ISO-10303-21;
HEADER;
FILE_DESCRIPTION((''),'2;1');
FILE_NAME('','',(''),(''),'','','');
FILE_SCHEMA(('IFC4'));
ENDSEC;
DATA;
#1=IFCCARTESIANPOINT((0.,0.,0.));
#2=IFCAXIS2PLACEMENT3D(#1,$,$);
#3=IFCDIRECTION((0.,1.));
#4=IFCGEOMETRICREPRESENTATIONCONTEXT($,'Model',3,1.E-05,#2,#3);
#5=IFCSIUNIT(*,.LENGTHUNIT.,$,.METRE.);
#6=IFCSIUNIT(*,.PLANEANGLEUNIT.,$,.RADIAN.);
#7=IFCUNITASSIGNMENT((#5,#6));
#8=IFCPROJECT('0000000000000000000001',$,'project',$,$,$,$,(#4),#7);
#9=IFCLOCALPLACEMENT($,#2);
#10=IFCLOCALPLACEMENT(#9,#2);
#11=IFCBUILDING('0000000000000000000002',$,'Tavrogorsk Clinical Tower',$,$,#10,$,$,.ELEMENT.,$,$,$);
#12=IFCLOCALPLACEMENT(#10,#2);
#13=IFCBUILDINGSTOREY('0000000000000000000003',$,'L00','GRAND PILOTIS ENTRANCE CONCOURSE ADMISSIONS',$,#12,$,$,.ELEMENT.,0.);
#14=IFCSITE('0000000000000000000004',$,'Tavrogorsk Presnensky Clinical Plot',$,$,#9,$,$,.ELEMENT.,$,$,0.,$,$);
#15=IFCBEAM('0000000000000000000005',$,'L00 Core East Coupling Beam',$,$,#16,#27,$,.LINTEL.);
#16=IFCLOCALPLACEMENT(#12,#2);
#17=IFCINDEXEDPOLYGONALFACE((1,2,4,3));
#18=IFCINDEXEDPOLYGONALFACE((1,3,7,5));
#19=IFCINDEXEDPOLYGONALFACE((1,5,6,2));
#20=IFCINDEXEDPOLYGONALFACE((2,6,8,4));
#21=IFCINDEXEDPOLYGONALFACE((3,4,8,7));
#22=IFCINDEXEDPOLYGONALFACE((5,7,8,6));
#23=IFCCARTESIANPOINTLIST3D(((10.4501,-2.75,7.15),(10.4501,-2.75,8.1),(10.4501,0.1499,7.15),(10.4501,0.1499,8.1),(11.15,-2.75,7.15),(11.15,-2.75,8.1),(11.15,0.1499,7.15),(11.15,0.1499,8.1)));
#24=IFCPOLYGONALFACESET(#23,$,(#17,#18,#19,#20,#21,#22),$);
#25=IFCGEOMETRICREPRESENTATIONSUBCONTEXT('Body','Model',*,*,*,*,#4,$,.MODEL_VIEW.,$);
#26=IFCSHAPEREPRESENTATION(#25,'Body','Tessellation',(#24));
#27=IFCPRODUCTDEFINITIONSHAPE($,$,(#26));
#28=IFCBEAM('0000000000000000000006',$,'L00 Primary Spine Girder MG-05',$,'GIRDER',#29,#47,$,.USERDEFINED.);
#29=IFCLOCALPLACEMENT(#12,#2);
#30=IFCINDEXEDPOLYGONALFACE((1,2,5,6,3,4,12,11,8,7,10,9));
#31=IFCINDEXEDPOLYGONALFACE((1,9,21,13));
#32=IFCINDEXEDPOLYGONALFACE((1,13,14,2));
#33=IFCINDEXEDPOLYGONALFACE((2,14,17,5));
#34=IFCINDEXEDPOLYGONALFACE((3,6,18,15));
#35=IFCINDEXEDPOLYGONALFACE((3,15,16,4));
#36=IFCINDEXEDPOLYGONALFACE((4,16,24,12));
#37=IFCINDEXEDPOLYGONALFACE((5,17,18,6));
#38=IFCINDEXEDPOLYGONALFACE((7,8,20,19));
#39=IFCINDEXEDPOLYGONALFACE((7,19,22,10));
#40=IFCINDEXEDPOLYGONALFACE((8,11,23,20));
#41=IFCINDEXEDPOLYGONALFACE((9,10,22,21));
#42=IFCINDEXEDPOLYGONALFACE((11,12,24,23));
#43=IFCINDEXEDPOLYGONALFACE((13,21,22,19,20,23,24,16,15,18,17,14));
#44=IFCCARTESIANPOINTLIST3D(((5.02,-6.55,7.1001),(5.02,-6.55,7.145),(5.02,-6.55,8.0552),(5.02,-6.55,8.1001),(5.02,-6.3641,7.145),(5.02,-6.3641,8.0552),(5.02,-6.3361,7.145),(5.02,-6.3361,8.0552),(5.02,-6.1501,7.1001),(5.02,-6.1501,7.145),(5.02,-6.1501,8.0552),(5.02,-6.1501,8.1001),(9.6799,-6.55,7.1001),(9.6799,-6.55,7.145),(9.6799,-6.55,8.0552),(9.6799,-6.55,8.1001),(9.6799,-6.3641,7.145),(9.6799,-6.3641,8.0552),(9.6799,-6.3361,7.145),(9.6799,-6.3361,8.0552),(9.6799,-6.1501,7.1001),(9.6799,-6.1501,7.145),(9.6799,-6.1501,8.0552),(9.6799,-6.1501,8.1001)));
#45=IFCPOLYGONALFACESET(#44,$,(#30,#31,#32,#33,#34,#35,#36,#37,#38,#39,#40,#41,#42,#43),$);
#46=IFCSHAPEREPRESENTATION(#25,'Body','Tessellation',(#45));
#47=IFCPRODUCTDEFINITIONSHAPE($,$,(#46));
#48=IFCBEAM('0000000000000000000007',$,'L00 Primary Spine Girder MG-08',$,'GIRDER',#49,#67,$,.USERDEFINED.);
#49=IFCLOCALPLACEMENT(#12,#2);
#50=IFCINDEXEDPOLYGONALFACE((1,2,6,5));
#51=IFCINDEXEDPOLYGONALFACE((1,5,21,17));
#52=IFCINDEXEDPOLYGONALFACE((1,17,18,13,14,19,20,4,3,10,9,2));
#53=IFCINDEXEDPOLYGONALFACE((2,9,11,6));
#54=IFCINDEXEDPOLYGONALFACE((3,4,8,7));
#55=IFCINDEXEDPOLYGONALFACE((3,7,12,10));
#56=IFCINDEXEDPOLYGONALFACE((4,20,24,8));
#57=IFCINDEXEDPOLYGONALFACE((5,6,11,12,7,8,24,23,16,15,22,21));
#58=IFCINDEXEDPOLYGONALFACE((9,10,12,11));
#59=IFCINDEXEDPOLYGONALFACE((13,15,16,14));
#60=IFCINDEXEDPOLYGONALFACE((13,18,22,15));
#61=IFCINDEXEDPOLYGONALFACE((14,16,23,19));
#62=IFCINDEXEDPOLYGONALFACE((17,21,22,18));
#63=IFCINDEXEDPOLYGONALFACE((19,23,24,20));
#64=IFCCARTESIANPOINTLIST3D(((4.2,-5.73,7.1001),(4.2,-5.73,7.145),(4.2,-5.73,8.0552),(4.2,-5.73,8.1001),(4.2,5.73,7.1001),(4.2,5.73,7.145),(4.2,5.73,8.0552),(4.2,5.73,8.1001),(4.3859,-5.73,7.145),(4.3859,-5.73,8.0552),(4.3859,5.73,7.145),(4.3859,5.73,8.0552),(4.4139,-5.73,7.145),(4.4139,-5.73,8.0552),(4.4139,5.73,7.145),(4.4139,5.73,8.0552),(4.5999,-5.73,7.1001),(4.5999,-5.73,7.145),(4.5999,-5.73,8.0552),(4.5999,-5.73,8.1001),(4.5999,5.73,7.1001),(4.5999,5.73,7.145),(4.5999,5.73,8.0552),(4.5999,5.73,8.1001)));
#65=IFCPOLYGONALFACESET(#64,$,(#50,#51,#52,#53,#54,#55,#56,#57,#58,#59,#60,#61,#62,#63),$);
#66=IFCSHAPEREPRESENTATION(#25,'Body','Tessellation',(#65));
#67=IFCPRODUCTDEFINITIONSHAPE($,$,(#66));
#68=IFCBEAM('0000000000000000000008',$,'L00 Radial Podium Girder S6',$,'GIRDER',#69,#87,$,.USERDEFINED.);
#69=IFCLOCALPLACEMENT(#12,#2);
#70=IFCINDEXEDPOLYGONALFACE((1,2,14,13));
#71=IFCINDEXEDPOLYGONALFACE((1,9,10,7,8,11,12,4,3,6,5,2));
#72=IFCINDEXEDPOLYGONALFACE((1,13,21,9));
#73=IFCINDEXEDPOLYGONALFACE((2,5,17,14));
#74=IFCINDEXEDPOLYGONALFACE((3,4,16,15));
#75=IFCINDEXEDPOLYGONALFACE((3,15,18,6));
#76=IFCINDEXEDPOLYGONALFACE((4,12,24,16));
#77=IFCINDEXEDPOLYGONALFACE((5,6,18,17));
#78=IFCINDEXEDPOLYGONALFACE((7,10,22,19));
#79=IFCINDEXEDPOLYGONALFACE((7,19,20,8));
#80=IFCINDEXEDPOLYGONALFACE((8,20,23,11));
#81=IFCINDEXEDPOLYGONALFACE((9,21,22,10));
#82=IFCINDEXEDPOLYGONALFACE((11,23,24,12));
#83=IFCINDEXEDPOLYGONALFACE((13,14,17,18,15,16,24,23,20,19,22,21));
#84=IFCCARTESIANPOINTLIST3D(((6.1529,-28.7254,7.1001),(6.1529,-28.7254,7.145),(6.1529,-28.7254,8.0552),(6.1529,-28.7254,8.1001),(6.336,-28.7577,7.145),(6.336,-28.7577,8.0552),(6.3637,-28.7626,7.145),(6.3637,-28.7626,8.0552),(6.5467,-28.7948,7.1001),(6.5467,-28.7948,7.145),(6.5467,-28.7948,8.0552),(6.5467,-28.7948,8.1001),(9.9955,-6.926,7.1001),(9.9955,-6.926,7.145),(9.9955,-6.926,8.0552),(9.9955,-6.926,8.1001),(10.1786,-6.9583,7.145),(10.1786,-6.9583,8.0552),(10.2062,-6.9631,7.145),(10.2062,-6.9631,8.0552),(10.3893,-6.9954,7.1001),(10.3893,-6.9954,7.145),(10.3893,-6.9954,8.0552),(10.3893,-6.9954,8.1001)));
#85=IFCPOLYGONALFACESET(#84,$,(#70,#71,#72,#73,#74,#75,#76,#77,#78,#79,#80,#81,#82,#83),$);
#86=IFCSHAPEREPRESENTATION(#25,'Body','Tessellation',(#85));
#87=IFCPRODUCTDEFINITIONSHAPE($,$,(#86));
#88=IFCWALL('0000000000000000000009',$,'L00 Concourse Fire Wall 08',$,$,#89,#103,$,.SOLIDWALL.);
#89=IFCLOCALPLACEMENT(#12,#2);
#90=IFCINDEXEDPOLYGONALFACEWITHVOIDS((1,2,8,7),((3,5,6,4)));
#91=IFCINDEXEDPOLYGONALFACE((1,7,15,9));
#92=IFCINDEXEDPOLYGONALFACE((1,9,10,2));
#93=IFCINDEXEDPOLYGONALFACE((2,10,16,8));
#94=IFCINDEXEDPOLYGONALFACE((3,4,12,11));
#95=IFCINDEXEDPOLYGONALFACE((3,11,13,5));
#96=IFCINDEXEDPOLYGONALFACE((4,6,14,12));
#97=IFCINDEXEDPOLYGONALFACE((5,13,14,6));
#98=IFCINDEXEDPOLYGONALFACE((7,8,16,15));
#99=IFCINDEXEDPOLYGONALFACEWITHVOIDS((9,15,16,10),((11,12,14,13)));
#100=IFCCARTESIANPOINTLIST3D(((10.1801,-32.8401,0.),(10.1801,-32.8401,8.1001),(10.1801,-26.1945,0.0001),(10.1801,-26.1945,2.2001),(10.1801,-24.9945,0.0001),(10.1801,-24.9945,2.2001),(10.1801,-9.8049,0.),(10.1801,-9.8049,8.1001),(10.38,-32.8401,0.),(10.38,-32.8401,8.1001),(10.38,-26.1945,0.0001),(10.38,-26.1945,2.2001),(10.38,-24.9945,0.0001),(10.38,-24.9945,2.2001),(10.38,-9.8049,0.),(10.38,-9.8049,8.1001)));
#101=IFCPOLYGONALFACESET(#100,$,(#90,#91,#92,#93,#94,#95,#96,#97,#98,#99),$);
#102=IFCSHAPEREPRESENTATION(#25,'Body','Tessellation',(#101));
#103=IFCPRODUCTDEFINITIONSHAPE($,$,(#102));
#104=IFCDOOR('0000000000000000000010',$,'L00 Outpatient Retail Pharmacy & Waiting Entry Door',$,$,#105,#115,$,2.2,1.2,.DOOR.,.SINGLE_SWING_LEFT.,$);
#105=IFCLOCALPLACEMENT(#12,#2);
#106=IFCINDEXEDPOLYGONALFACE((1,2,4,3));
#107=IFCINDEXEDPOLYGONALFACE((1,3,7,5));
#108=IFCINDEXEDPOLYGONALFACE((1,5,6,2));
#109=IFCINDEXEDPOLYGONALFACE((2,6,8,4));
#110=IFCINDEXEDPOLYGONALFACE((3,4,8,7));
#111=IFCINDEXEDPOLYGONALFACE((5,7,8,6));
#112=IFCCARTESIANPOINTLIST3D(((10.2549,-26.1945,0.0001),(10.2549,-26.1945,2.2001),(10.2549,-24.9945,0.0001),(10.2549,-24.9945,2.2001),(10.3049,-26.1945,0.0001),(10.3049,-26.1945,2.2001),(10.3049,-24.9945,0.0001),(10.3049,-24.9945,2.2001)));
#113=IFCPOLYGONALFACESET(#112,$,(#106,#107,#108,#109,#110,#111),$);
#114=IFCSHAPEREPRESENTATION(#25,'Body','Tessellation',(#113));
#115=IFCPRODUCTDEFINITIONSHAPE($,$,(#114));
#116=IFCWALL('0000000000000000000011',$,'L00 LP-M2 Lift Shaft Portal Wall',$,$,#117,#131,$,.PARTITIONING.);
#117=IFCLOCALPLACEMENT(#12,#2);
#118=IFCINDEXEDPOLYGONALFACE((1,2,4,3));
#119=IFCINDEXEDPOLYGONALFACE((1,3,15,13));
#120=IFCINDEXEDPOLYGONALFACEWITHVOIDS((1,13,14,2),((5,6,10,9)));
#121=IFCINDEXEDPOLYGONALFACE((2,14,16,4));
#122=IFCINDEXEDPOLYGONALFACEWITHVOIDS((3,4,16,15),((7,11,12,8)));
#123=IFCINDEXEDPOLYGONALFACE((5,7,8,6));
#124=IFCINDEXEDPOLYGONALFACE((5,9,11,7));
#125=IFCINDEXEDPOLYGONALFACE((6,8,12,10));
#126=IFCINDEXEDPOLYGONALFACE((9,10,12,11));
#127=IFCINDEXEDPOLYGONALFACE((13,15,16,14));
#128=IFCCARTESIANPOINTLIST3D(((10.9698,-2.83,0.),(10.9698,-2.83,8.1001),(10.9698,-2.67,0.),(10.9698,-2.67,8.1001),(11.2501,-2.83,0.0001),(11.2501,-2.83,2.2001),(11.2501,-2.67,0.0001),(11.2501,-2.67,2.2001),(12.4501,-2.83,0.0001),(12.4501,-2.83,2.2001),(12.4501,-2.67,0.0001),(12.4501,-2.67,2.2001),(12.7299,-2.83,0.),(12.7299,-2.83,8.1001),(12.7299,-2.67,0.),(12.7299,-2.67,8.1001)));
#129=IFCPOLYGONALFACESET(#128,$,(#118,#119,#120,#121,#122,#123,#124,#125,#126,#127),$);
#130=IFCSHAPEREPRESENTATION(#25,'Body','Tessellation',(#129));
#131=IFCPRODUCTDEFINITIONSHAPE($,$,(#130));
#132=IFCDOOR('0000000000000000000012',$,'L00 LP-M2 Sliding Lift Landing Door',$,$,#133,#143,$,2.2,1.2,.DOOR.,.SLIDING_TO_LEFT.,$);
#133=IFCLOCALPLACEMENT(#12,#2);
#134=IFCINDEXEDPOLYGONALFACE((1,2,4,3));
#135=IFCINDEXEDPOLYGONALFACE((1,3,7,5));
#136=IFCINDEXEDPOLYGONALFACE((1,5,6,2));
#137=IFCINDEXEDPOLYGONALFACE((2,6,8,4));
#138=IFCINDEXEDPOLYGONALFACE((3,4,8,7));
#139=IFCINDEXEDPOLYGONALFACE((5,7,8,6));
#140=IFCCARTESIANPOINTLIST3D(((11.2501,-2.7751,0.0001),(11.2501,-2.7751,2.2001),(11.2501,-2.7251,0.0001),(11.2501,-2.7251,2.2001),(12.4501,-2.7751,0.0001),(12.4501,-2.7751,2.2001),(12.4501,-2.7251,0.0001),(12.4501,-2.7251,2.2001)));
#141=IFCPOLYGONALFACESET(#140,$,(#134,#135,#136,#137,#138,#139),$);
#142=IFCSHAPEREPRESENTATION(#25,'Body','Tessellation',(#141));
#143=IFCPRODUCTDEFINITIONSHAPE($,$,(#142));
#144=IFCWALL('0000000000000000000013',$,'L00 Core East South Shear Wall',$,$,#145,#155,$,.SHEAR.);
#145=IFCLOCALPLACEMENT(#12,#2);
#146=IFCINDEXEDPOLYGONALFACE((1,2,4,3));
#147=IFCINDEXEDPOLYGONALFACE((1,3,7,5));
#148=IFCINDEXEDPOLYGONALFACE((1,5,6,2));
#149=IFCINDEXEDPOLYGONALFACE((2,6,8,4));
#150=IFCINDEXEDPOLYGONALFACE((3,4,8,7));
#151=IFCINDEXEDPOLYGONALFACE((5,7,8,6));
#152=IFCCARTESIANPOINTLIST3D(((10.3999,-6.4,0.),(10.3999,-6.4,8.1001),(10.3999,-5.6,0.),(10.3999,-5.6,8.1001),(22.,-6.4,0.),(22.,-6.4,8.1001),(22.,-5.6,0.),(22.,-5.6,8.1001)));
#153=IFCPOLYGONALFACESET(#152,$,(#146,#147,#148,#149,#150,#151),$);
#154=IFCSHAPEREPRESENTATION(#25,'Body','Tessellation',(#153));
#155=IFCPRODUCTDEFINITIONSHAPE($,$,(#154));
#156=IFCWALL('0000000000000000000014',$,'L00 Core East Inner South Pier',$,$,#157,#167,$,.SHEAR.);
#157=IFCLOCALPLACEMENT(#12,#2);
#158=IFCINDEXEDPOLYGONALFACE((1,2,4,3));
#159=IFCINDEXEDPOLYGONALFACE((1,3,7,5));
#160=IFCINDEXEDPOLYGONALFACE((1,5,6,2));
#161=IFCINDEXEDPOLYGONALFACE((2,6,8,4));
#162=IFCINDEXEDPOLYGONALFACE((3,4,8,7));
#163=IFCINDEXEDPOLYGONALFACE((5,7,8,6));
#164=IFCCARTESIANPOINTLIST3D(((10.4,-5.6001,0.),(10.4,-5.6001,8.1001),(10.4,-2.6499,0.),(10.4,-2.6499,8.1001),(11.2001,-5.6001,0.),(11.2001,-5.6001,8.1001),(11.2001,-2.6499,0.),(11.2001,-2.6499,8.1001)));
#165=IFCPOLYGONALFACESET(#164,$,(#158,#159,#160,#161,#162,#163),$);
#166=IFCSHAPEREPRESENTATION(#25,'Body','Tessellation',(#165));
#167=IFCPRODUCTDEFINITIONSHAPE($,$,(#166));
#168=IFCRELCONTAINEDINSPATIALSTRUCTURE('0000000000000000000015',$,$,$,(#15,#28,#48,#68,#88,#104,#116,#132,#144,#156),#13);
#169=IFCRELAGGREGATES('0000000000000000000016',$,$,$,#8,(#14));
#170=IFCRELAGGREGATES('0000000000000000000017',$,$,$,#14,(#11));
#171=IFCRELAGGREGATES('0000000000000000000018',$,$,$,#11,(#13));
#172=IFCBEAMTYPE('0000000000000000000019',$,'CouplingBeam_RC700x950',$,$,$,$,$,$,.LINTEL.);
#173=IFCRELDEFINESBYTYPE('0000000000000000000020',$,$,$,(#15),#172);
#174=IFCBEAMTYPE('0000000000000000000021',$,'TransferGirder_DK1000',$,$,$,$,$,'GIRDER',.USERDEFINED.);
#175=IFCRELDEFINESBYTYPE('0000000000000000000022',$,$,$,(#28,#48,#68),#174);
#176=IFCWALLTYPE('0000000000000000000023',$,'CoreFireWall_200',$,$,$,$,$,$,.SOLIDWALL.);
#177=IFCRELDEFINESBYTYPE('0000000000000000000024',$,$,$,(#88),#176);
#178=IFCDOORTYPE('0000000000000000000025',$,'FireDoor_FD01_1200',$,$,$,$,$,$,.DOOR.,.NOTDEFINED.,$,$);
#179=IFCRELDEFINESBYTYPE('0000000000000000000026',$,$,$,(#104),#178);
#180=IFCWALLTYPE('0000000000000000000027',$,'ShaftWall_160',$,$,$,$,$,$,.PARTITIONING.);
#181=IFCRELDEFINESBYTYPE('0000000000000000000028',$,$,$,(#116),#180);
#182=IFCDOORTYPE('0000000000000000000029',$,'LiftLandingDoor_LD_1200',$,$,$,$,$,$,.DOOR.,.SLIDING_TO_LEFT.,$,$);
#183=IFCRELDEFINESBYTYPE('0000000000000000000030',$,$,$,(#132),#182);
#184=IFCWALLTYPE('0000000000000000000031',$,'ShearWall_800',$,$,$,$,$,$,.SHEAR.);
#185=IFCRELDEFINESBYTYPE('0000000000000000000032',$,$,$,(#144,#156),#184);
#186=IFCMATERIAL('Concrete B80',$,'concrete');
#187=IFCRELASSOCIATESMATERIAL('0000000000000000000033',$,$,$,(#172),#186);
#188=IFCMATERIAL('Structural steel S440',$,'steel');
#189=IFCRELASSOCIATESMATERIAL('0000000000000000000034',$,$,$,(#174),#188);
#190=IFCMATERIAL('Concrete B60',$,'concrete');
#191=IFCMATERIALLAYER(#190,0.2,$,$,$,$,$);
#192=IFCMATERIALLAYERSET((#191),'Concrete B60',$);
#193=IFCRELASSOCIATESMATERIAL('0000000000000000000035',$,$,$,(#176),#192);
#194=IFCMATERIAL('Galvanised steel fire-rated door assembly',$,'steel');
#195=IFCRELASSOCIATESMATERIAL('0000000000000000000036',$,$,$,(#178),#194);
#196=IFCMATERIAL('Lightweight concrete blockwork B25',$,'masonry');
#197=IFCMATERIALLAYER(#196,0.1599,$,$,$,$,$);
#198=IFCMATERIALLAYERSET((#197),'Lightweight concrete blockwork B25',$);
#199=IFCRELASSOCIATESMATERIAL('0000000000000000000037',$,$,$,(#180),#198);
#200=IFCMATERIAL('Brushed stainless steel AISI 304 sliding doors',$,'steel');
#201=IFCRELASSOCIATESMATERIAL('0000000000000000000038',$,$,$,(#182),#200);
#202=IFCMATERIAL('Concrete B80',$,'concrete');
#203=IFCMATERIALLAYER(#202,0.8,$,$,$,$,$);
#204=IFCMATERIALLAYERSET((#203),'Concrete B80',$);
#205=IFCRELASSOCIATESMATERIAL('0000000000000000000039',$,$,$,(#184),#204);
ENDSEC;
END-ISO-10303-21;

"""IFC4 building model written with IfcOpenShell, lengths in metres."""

from ifc_helpers import new_model, si_unit, direction, frame, frame_2d, origin, origin_2d, place, context, subcontext, project, spatial, rectangle, i_section, extrude, material, layer, layer_set, material_profile, profile_set, type_object, element, fill, save


model = new_model("IFC4")

# Units and contexts
model_context = context("Model", 3, precision=1e-05, world=origin(), true_north=direction((0.0, 1.0)))
body_context = subcontext(model_context, "Body", "Model", "MODEL_VIEW")
ifc_project = project(units=[si_unit("LENGTHUNIT", "METRE"), si_unit("PLANEANGLEUNIT", "RADIAN")], contexts=[model_context])

# Site, building, storey
site_placement = place(None, origin())
site = spatial("IfcSite", under=ifc_project, at=site_placement, Name="Tavrogorsk Presnensky Clinical Plot", CompositionType="ELEMENT", RefElevation=0.0)
building_placement = place(site_placement, origin())
building = spatial("IfcBuilding", under=site, at=building_placement, Name="Tavrogorsk Clinical Tower", CompositionType="ELEMENT")
storey_placement = place(building_placement, origin())
storey = spatial("IfcBuildingStorey", under=building, at=storey_placement, Name="L00", Description="GRAND PILOTIS ENTRANCE CONCOURSE ADMISSIONS", CompositionType="ELEMENT", Elevation=0.0)

# Beams
ifc_material_1 = material(Name="Concrete B80", Category="concrete")
ifc_material_profile_1 = material_profile(ifc_material_1, rectangle(XDim=0.7, YDim=0.95, at=origin_2d()), Name="RC-CB-700x950")
ifc_profile_set_1 = profile_set([ifc_material_profile_1], Name="Concrete B80")
beam_type_1 = type_object("IfcBeamType", Name="CouplingBeam_RC700x950", PredefinedType="LINTEL", material=ifc_profile_set_1)
beam_1_placement = place(storey_placement, frame((10.8, -2.75, 7.625), z_axis=(0.0, 1.0, 0.0), x_axis=(-1.0, 0.0, 0.0)))
element("IfcBeam", 1, at=beam_1_placement, inside=storey, type_object=beam_type_1, Name="L00 Core East Coupling Beam", PredefinedType="LINTEL", context=body_context, shape_type="SweptSolid", body=[
    extrude(rectangle(XDim=0.7, YDim=0.95, at=origin_2d()), origin(), (0.0, 0.0, 1.0), 2.8999),
])
ifc_material_2 = material(Name="Structural steel S440", Category="steel")
ifc_material_profile_2 = material_profile(ifc_material_2, i_section(OverallWidth=0.3999, OverallDepth=1.0, WebThickness=0.0281, FlangeThickness=0.0449, at=origin_2d()), Name="DK-1000x400x28x45")
ifc_profile_set_2 = profile_set([ifc_material_profile_2], Name="Structural steel S440")
beam_type_2 = type_object("IfcBeamType", Name="TransferGirder_DK1000", ElementType="GIRDER", PredefinedType="USERDEFINED", material=ifc_profile_set_2)
beam_2_placement = place(storey_placement, frame((5.02, -6.3501, 7.6001), z_axis=(1.0, 0.0, 0.0), x_axis=(0.0, 1.0, 0.0)))
element("IfcBeam", 2, at=beam_2_placement, inside=storey, type_object=beam_type_2, Name="L00 Primary Spine Girder MG-05", ObjectType="GIRDER", PredefinedType="USERDEFINED", context=body_context, shape_type="SweptSolid", body=[
    extrude(i_section(OverallWidth=0.3999, OverallDepth=1.0, WebThickness=0.0281, FlangeThickness=0.0449, at=origin_2d()), origin(), (0.0, 0.0, 1.0), 4.6599),
])
beam_3_placement = place(storey_placement, frame((4.3999, -5.73, 7.6001), z_axis=(0.0, 1.0, 0.0), x_axis=(-1.0, 0.0, 0.0)))
element("IfcBeam", 3, at=beam_3_placement, inside=storey, type_object=beam_type_2, Name="L00 Primary Spine Girder MG-08", ObjectType="GIRDER", PredefinedType="USERDEFINED", context=body_context, shape_type="SweptSolid", body=[
    extrude(i_section(OverallWidth=0.3999, OverallDepth=1.0, WebThickness=0.0281, FlangeThickness=0.0449, at=origin_2d()), origin(), (0.0, 0.0, 1.0), 11.46),
])
beam_4_placement = place(storey_placement, frame((10.1924, -6.9607, 7.6001), z_axis=(-0.173592, -0.984818, 0.0), x_axis=(0.984818, -0.173592, 0.0)))
element("IfcBeam", 4, at=beam_4_placement, inside=storey, type_object=beam_type_2, Name="L00 Radial Podium Girder S6", ObjectType="GIRDER", PredefinedType="USERDEFINED", context=body_context, shape_type="SweptSolid", body=[
    extrude(i_section(OverallWidth=0.3999, OverallDepth=1.0, WebThickness=0.0281, FlangeThickness=0.0449, at=origin_2d()), origin(), (0.0, 0.0, 1.0), 22.1355),
])

# Walls, openings, doors
ifc_material_3 = material(Name="Concrete B60", Category="concrete")
ifc_layer_1 = layer(ifc_material_3, 0.2)
ifc_layer_set_1 = layer_set([ifc_layer_1], Name="Concrete B60")
wall_type_1 = type_object("IfcWallType", Name="CoreFireWall_200", PredefinedType="SOLIDWALL", material=ifc_layer_set_1)
wall_1_placement = place(storey_placement, frame((10.28, -9.8049, 0.0), z_axis=(0.0, 0.0, 1.0), x_axis=(0.0, -1.0, 0.0)))
wall_1 = element("IfcWall", 5, at=wall_1_placement, inside=storey, type_object=wall_type_1, Name="L00 Concourse Fire Wall 08", PredefinedType="SOLIDWALL", context=body_context, shape_type="SweptSolid", body=[
    extrude(rectangle(XDim=23.0352, YDim=0.2, at=frame_2d((11.5176, 0.0))), origin(), (0.0, 0.0, 1.0), 8.1001),
])
opening_1_placement = place(wall_1_placement, frame((15.1895, 0.0, 0.0)))
opening_1 = element("IfcOpeningElement", 6, at=opening_1_placement, cuts=wall_1, PredefinedType="OPENING", context=body_context, shape_type="SweptSolid", body=[
    extrude(rectangle(XDim=1.2, YDim=2.2, at=frame_2d((0.6001, 1.1001))), frame((0.0, 0.1099, 0.0), z_axis=(0.0, -1.0, 0.0), x_axis=(1.0, 0.0, 0.0)), (0.0, 0.0, 1.0), 0.22),
])
ifc_material_4 = material(Name="Galvanised steel fire-rated door assembly", Category="steel")
door_type_1 = type_object("IfcDoorType", Name="FireDoor_FD01_1200", OperationType="NOTDEFINED", PredefinedType="DOOR", material=ifc_material_4)
door_1_placement = place(opening_1_placement, origin())
door_1 = element("IfcDoor", 7, at=door_1_placement, inside=storey, type_object=door_type_1, Name="L00 Outpatient Retail Pharmacy & Waiting Entry Door", OperationType="SINGLE_SWING_LEFT", OverallHeight=2.2, OverallWidth=1.2, PredefinedType="DOOR", context=body_context, shape_type="SweptSolid", body=[
    extrude(rectangle(XDim=1.2, YDim=2.2, at=frame_2d((0.6001, 1.1001))), frame((0.0, 0.0249, 0.0), z_axis=(0.0, -1.0, 0.0), x_axis=(1.0, 0.0, 0.0)), (0.0, 0.0, 1.0), 0.05),
])
fill(opening_1, door_1)
ifc_material_5 = material(Name="Lightweight concrete blockwork B25", Category="masonry")
ifc_layer_2 = layer(ifc_material_5, 0.1599)
ifc_layer_set_2 = layer_set([ifc_layer_2], Name="Lightweight concrete blockwork B25")
wall_type_2 = type_object("IfcWallType", Name="ShaftWall_160", PredefinedType="PARTITIONING", material=ifc_layer_set_2)
wall_2_placement = place(storey_placement, frame((10.97, -2.75, 0.0), z_axis=(0.0, 0.0, 1.0), x_axis=(1.0, 0.0, 0.0)))
wall_2 = element("IfcWall", 8, at=wall_2_placement, inside=storey, type_object=wall_type_2, Name="L00 LP-M2 Lift Shaft Portal Wall", PredefinedType="PARTITIONING", context=body_context, shape_type="SweptSolid", body=[
    extrude(rectangle(XDim=1.76, YDim=0.1599, at=frame_2d((0.8799, 0.0))), origin(), (0.0, 0.0, 1.0), 8.1001),
])
opening_2_placement = place(wall_2_placement, frame((0.28, 0.0, 0.0)))
opening_2 = element("IfcOpeningElement", 9, at=opening_2_placement, cuts=wall_2, PredefinedType="OPENING", context=body_context, shape_type="SweptSolid", body=[
    extrude(rectangle(XDim=1.2, YDim=2.2, at=frame_2d((0.6001, 1.1001))), frame((0.0, 0.0898, 0.0), z_axis=(0.0, -1.0, 0.0), x_axis=(1.0, 0.0, 0.0)), (0.0, 0.0, 1.0), 0.1799),
])
ifc_material_6 = material(Name="Brushed stainless steel AISI 304 sliding doors", Category="steel")
door_type_2 = type_object("IfcDoorType", Name="LiftLandingDoor_LD_1200", OperationType="SLIDING_TO_LEFT", PredefinedType="DOOR", material=ifc_material_6)
door_2_placement = place(opening_2_placement, origin())
door_2 = element("IfcDoor", 10, at=door_2_placement, inside=storey, type_object=door_type_2, Name="L00 LP-M2 Sliding Lift Landing Door", OperationType="SLIDING_TO_LEFT", OverallHeight=2.2, OverallWidth=1.2, PredefinedType="DOOR", context=body_context, shape_type="SweptSolid", body=[
    extrude(rectangle(XDim=1.2, YDim=2.2, at=frame_2d((0.6001, 1.1001))), frame((0.0, 0.0249, 0.0), z_axis=(0.0, -1.0, 0.0), x_axis=(1.0, 0.0, 0.0)), (0.0, 0.0, 1.0), 0.05),
])
fill(opening_2, door_2)

# Walls
ifc_material_7 = material(Name="Concrete B80", Category="concrete")
ifc_layer_3 = layer(ifc_material_7, 0.8)
ifc_layer_set_3 = layer_set([ifc_layer_3], Name="Concrete B80")
wall_type_3 = type_object("IfcWallType", Name="ShearWall_800", PredefinedType="SHEAR", material=ifc_layer_set_3)
wall_3_placement = place(storey_placement, frame((10.3999, -6.0, 0.0), z_axis=(0.0, 0.0, 1.0), x_axis=(1.0, 0.0, 0.0)))
element("IfcWall", 11, at=wall_3_placement, inside=storey, type_object=wall_type_3, Name="L00 Core East South Shear Wall", PredefinedType="SHEAR", context=body_context, shape_type="SweptSolid", body=[
    extrude(rectangle(XDim=11.6001, YDim=0.8, at=frame_2d((5.8, 0.0))), origin(), (0.0, 0.0, 1.0), 8.1001),
])
wall_4_placement = place(storey_placement, frame((10.8, -5.6001, 0.0), z_axis=(0.0, 0.0, 1.0), x_axis=(0.0, 1.0, 0.0)))
element("IfcWall", 12, at=wall_4_placement, inside=storey, type_object=wall_type_3, Name="L00 Core East Inner South Pier", PredefinedType="SHEAR", context=body_context, shape_type="SweptSolid", body=[
    extrude(rectangle(XDim=2.9502, YDim=0.8, at=frame_2d((1.4751, 0.0))), origin(), (0.0, 0.0, 1.0), 8.1001),
])

save(model, "model.ifc")
